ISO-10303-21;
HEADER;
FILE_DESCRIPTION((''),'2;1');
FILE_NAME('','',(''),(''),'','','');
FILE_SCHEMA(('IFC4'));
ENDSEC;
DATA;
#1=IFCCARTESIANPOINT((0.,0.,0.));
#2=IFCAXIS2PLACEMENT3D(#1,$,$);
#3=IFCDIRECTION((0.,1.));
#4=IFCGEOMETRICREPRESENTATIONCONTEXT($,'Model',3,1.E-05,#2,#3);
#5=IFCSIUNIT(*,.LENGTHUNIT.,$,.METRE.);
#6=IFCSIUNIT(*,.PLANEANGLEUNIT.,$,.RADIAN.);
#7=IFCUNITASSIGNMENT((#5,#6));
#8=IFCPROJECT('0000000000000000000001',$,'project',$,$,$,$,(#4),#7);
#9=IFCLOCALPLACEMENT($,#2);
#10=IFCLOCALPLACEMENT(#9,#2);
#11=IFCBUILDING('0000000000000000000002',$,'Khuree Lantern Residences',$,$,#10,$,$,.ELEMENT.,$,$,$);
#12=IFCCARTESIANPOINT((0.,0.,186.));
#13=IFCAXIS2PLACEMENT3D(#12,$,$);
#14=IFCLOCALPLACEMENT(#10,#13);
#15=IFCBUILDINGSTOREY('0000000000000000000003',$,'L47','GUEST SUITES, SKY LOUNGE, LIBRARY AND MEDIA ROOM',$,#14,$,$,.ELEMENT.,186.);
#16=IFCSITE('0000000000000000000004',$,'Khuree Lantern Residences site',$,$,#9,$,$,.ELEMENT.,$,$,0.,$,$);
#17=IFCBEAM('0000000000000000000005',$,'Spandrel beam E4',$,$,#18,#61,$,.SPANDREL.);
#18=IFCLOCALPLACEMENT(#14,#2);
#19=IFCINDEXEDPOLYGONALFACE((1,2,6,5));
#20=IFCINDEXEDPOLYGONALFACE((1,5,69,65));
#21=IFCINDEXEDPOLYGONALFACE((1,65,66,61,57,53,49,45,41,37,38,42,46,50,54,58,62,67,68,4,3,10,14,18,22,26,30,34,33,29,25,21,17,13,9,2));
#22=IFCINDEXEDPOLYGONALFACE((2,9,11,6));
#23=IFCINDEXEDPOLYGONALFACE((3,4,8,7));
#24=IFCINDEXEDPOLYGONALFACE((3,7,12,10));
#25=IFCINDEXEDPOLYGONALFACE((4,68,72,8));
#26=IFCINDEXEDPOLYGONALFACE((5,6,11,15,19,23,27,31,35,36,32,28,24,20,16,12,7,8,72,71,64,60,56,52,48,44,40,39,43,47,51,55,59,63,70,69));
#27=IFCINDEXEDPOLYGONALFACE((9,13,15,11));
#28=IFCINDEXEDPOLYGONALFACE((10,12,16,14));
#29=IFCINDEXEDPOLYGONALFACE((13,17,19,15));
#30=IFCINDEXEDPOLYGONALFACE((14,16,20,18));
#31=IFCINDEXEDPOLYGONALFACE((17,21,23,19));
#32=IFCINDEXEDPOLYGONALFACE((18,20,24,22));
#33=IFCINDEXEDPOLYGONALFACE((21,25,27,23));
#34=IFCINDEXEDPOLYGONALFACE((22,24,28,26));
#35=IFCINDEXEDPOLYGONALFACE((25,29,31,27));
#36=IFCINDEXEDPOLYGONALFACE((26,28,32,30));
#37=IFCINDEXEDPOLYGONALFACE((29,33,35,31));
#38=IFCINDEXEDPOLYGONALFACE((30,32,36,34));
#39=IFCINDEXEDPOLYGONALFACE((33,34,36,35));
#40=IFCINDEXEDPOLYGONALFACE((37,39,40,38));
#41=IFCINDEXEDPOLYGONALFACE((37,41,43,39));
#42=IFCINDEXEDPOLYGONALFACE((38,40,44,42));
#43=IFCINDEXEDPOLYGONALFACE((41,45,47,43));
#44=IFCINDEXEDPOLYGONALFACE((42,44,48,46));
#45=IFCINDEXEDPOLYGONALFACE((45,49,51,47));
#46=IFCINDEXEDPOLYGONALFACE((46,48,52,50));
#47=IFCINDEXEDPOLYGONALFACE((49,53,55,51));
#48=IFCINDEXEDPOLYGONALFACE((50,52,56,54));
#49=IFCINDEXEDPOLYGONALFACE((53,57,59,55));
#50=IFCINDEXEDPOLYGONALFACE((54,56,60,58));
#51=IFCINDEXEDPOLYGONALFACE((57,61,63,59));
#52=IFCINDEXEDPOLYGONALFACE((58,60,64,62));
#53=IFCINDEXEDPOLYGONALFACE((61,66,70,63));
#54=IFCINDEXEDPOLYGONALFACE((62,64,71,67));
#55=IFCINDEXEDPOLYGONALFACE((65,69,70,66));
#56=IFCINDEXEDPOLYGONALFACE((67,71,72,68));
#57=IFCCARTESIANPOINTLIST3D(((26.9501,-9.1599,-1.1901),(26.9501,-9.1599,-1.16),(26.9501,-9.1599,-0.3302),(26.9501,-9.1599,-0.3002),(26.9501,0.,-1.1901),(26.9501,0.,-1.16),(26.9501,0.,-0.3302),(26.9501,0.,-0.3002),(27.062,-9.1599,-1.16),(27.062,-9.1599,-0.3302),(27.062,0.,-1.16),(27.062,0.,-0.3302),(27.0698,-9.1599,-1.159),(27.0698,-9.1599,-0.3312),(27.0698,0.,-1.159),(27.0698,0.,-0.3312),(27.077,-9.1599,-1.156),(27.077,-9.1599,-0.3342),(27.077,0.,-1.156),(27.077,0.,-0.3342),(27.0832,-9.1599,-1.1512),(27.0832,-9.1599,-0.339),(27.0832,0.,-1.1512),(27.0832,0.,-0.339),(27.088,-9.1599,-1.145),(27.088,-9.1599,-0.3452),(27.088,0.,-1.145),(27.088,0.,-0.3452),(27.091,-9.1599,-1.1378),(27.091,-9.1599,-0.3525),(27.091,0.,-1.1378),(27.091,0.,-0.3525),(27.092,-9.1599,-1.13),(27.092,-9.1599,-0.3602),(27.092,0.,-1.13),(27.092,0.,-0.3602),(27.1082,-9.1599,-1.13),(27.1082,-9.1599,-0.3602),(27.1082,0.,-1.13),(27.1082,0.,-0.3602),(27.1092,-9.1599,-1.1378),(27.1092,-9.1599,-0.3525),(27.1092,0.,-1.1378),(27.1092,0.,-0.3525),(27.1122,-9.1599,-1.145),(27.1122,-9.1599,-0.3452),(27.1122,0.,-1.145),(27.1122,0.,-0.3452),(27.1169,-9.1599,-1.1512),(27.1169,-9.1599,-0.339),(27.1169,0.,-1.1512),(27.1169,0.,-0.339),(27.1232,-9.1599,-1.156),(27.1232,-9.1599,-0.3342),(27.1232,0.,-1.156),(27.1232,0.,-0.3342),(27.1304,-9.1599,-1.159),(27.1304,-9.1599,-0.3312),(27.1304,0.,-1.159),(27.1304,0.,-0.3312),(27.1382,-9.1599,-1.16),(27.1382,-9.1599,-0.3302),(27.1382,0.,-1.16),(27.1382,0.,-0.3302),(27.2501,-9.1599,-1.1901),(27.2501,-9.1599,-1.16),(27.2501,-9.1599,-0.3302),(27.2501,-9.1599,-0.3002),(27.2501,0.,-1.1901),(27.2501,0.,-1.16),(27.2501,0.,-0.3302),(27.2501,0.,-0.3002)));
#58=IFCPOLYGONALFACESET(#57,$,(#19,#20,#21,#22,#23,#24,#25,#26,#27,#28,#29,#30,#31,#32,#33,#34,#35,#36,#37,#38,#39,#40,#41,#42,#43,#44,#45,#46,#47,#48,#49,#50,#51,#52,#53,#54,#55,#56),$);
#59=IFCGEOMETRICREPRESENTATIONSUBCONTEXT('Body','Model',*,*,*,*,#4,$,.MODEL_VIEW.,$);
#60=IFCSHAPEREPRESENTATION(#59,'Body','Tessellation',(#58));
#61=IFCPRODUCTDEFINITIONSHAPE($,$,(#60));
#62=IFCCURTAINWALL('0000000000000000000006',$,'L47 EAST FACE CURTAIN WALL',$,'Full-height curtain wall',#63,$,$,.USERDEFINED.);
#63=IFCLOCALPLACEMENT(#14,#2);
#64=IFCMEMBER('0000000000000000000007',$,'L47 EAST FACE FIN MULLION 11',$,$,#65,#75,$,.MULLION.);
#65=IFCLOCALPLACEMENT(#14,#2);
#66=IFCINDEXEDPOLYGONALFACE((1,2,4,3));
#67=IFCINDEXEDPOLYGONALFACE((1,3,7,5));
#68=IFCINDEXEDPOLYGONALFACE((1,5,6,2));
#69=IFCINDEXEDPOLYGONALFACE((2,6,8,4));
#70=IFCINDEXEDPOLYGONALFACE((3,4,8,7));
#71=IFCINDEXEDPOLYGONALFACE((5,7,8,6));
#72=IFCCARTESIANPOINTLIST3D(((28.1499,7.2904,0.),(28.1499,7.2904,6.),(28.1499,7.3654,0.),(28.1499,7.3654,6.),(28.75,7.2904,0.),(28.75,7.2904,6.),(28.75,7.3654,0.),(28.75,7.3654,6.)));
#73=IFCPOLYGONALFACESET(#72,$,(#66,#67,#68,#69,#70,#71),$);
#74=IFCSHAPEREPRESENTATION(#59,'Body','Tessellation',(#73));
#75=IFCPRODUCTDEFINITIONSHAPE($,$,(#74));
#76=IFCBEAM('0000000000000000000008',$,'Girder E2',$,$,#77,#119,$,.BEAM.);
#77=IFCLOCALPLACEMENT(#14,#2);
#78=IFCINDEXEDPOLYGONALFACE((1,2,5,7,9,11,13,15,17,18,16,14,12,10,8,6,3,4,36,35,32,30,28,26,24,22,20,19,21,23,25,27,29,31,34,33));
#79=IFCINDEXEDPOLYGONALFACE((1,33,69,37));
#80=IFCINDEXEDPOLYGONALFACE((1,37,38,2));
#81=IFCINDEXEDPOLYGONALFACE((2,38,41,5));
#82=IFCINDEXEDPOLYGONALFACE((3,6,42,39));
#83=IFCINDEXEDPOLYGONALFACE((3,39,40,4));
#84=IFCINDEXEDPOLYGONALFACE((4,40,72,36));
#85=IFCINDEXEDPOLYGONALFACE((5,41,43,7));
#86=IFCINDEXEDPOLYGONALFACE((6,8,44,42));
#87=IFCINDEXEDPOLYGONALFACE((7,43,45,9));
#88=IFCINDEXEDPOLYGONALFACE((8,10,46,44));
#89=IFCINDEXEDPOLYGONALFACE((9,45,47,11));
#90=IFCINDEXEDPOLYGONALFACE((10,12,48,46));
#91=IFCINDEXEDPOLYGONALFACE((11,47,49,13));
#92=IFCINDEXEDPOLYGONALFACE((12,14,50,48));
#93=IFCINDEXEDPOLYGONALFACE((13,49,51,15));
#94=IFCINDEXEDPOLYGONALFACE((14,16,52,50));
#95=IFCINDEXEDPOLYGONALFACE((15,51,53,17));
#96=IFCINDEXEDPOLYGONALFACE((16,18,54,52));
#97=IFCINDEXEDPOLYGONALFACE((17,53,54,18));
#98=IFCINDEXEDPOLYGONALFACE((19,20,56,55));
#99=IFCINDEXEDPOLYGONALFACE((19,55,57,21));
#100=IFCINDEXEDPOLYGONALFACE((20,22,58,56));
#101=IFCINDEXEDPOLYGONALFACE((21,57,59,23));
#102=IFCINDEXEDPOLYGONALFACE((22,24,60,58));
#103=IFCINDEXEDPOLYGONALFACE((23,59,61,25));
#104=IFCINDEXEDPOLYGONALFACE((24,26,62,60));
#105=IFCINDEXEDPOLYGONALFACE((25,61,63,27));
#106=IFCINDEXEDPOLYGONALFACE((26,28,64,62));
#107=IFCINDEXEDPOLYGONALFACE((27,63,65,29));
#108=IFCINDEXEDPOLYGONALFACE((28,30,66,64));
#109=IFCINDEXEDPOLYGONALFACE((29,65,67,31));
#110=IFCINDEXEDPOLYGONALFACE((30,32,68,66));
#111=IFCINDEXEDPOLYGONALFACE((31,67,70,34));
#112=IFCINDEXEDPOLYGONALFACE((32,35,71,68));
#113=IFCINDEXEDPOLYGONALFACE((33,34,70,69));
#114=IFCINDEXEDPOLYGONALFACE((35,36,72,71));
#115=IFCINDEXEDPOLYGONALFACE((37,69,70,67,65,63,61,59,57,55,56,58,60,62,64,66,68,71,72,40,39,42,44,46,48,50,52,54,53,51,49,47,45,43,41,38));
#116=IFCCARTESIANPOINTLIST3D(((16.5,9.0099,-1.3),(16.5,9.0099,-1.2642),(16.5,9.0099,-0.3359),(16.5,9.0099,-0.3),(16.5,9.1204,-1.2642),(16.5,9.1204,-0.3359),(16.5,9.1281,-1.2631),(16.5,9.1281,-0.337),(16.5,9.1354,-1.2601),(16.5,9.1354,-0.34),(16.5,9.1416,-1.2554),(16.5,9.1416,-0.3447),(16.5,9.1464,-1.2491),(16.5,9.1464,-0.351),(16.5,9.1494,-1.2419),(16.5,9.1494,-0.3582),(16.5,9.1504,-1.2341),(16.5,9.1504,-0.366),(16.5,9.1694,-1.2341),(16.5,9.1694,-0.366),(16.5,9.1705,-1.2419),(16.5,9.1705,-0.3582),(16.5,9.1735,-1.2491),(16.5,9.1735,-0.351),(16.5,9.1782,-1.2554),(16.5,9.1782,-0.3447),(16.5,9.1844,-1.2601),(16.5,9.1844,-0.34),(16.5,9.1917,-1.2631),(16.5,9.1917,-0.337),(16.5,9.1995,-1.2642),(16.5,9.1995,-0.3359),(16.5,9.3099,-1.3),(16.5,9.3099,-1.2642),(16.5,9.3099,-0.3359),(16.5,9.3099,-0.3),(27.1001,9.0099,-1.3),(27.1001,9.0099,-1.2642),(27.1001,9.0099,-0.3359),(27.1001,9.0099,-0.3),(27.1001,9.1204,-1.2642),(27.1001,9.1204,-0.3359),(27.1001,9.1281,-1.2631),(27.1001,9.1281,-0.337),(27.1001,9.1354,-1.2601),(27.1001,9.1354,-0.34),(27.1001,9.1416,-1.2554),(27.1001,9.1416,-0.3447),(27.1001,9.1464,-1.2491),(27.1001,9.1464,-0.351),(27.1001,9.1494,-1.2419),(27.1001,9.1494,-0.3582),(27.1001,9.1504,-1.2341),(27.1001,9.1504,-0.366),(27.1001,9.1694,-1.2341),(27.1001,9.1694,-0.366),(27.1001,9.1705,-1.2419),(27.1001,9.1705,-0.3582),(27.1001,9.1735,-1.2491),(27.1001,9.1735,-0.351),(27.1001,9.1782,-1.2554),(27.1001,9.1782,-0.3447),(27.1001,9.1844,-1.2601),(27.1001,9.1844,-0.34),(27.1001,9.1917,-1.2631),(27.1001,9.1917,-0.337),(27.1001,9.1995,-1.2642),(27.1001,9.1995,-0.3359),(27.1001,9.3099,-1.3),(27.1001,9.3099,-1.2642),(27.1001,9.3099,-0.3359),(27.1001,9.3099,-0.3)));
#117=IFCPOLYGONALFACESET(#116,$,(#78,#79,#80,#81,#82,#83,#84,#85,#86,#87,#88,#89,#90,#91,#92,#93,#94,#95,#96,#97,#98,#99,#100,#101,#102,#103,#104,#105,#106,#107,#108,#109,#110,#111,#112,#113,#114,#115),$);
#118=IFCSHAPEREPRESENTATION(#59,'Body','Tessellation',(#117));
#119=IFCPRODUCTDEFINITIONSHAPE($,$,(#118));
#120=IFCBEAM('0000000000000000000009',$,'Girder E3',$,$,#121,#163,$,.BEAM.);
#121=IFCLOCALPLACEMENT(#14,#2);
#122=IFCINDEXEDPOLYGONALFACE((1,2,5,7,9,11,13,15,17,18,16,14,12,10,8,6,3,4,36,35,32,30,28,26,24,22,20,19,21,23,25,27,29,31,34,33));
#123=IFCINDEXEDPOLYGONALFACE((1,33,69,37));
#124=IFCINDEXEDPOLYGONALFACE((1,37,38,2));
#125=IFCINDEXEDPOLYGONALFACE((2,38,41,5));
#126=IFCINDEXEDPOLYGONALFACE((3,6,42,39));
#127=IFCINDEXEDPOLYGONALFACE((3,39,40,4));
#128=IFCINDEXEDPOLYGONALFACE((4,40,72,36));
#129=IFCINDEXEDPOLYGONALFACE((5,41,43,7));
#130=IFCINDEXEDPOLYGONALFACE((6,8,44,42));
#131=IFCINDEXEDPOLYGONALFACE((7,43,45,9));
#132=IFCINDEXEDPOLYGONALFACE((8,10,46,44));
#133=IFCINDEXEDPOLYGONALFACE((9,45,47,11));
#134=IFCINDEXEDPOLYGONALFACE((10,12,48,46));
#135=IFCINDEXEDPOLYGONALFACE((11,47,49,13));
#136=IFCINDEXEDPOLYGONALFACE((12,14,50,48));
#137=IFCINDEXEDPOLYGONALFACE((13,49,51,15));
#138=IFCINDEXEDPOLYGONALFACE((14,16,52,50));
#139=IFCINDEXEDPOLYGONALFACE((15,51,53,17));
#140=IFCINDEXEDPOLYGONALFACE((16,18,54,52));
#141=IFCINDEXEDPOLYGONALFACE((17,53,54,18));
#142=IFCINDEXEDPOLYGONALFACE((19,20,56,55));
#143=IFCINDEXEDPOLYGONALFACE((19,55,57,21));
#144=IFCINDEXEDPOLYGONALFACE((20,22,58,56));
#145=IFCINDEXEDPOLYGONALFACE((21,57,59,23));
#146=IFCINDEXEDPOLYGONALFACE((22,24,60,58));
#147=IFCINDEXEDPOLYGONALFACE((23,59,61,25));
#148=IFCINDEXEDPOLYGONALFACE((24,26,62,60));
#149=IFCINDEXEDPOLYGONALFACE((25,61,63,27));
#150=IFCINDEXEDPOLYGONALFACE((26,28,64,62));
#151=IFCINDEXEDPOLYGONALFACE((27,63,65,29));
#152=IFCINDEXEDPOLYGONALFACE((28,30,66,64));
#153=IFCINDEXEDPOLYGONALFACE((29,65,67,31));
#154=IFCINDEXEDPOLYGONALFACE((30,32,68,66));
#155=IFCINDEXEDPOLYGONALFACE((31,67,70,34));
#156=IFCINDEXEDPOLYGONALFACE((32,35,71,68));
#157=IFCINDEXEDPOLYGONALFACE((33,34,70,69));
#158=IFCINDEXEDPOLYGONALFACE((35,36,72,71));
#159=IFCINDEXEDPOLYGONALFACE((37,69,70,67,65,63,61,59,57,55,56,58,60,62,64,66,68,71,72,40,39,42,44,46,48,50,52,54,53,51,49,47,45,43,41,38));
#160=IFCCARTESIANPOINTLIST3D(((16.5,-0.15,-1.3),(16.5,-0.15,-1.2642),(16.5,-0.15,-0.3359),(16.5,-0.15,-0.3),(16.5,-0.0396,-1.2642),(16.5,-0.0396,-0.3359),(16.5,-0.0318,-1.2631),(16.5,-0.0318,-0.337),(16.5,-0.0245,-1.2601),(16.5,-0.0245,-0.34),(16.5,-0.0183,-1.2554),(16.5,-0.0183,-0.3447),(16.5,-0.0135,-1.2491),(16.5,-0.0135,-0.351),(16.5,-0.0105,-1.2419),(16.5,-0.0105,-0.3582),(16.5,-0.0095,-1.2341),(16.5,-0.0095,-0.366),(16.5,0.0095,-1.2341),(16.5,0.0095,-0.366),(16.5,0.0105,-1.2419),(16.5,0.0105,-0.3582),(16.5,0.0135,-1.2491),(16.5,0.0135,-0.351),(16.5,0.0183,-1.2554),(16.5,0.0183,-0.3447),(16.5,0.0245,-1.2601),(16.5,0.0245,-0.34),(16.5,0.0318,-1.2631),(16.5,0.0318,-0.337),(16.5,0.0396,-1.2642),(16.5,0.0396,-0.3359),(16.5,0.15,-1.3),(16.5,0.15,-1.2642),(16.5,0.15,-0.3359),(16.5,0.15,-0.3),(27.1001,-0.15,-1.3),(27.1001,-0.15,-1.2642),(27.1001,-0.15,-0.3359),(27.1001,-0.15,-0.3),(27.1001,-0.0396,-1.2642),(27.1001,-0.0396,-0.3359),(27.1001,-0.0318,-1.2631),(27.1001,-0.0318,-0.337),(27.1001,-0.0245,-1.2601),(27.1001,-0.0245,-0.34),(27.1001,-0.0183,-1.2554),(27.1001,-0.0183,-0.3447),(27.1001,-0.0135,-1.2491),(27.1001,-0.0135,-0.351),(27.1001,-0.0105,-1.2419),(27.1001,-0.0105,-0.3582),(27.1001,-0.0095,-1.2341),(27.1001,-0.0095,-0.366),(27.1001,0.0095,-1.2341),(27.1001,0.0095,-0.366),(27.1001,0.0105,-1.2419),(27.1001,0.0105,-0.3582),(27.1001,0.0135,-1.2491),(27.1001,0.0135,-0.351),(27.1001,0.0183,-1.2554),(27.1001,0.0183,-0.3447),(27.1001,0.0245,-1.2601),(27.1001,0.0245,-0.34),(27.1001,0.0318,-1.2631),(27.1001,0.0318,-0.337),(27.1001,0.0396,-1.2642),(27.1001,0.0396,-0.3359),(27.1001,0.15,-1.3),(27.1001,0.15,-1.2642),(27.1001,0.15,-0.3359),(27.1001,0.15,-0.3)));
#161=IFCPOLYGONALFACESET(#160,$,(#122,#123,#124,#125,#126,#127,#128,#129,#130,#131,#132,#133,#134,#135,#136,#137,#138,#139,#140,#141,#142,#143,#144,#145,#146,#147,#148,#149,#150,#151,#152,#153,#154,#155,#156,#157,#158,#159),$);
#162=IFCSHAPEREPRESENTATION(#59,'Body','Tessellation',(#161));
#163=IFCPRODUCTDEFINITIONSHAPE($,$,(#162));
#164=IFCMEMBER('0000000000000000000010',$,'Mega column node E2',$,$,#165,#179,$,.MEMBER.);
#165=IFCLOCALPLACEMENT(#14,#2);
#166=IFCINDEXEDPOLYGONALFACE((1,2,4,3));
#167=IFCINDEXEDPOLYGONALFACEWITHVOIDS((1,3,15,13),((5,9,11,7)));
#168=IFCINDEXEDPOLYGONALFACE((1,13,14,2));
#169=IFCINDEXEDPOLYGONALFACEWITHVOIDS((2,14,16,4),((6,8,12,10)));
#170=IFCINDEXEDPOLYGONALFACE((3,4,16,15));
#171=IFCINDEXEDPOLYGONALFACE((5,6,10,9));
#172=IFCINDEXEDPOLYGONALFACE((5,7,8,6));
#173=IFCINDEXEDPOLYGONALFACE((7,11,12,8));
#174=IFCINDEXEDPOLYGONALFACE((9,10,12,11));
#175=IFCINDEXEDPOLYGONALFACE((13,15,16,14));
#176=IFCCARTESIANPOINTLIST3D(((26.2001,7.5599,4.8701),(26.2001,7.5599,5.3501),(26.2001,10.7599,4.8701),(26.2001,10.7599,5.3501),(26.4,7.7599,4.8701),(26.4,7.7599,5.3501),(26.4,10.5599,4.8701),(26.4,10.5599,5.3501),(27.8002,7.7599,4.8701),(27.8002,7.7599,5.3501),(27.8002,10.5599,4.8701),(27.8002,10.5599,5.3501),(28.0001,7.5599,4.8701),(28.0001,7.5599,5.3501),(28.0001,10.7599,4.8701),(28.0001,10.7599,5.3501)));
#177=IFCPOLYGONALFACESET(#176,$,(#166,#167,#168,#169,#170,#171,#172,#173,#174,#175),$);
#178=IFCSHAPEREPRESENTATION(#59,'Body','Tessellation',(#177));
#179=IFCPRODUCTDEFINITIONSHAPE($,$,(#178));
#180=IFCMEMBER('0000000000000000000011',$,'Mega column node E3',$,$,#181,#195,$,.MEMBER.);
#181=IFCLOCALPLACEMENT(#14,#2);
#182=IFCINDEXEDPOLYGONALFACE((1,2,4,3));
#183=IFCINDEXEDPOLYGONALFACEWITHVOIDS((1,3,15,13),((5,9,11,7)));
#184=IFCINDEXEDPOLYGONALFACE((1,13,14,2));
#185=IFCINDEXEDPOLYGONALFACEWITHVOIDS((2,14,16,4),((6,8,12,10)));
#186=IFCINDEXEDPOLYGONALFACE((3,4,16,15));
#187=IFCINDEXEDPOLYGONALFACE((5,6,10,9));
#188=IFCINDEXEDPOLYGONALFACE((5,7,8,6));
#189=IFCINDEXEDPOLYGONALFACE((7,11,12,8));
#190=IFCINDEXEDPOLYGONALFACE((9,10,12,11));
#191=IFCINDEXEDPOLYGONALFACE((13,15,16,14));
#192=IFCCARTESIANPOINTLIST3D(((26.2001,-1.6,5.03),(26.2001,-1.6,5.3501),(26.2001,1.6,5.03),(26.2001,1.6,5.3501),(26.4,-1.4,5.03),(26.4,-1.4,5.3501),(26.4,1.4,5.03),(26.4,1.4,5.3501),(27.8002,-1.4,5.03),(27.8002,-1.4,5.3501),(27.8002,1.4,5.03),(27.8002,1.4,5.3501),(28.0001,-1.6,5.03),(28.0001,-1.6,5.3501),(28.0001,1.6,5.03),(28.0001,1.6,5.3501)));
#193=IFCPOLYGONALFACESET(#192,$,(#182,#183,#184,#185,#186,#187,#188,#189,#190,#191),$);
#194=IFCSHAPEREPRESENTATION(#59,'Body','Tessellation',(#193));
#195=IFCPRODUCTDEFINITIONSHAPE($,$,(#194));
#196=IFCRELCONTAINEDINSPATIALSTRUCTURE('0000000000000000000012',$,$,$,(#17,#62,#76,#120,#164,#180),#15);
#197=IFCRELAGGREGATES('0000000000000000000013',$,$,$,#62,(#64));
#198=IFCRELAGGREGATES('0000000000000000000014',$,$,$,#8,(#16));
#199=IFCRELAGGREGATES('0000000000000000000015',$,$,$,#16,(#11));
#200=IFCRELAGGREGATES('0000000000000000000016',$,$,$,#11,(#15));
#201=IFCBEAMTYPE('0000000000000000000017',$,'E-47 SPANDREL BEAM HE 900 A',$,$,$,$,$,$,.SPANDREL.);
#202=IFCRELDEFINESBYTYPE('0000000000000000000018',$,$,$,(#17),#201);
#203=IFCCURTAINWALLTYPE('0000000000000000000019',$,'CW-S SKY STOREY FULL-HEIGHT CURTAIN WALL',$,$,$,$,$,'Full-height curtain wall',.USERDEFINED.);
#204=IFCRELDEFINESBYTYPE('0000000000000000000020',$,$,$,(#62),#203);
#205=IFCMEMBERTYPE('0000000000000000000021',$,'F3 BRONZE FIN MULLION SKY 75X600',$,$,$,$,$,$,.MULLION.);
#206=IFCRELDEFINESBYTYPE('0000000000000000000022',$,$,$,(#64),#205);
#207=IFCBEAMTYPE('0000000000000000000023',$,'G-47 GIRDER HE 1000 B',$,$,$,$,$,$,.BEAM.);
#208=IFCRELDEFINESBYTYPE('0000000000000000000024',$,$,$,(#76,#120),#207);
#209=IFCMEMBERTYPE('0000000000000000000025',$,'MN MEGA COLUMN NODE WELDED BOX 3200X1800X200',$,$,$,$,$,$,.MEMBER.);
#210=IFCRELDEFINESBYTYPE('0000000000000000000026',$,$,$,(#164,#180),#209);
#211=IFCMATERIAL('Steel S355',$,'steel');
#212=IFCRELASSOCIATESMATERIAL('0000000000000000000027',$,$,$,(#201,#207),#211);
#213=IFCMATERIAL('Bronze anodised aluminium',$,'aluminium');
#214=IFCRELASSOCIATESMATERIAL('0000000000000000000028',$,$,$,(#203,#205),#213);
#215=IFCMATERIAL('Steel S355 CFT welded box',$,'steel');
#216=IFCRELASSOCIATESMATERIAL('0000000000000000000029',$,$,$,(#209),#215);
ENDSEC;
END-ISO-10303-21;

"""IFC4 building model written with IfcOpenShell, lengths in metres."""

from ifc_helpers import new_model, si_unit, direction, frame, origin, origin_2d, place, context, subcontext, project, spatial, rectangle, hollow_rectangle, i_section, extrude, material, material_profile, profile_set, type_object, element, aggregate, save


model = new_model("IFC4")

# Units and contexts
model_context = context("Model", 3, precision=1e-05, world=origin(), true_north=direction((0.0, 1.0)))
body_context = subcontext(model_context, "Body", "Model", "MODEL_VIEW")
ifc_project = project(units=[si_unit("LENGTHUNIT", "METRE"), si_unit("PLANEANGLEUNIT", "RADIAN")], contexts=[model_context])

# Site, building, storey
site_placement = place(None, origin())
site = spatial("IfcSite", under=ifc_project, at=site_placement, Name="Khuree Lantern Residences site", CompositionType="ELEMENT", RefElevation=0.0)
building_placement = place(site_placement, origin())
building = spatial("IfcBuilding", under=site, at=building_placement, Name="Khuree Lantern Residences", CompositionType="ELEMENT")
storey_placement = place(building_placement, frame((0.0, 0.0, 186.0)))
storey = spatial("IfcBuildingStorey", under=building, at=storey_placement, Name="L47", Description="GUEST SUITES, SKY LOUNGE, LIBRARY AND MEDIA ROOM", CompositionType="ELEMENT", Elevation=186.0)

# Shared definitions
ifc_material_1 = material(Name="Steel S355 CFT welded box", Category="steel")

# Beam
ifc_material_2 = material(Name="Steel S355", Category="steel")
ifc_material_profile_1 = material_profile(ifc_material_2, i_section(OverallWidth=0.3, OverallDepth=0.8899, WebThickness=0.0161, FlangeThickness=0.03, FilletRadius=0.03, at=origin_2d()), Name="HE 900 A")
ifc_profile_set_1 = profile_set([ifc_material_profile_1], Name="Steel S355")
beam_type_1 = type_object("IfcBeamType", Name="E-47 SPANDREL BEAM HE 900 A", PredefinedType="SPANDREL", material=ifc_profile_set_1)
for number, where, z_axis, x_axis, name in (
    (1, (27.1001, 0.0, -0.7451), (0.0, -1.0, 0.0), (1.0, 0.0, 0.0), "Spandrel beam E4"),
):
    element("IfcBeam", number, at=place(storey_placement, frame(where, z_axis=z_axis, x_axis=x_axis)), inside=storey, type_object=beam_type_1, Name=name, PredefinedType="SPANDREL", context=body_context, shape_type="SweptSolid", body=[
        extrude(i_section(OverallWidth=0.3, OverallDepth=0.8899, WebThickness=0.0161, FlangeThickness=0.03, FilletRadius=0.03, at=origin_2d()), origin(), (0.0, 0.0, 1.0), 9.1599),
    ])

# Curtain wall, member
ifc_material_3 = material(Name="Bronze anodised aluminium", Category="aluminium")
curtain_wall_type = type_object("IfcCurtainWallType", Name="CW-S SKY STOREY FULL-HEIGHT CURTAIN WALL", ElementType="Full-height curtain wall", PredefinedType="USERDEFINED", material=ifc_material_3)
curtain_wall_placement = place(storey_placement, origin())
curtain_wall = element("IfcCurtainWall", 2, at=curtain_wall_placement, inside=storey, type_object=curtain_wall_type, Name="L47 EAST FACE CURTAIN WALL", ObjectType="Full-height curtain wall", PredefinedType="USERDEFINED")
ifc_material_profile_2 = material_profile(ifc_material_3, rectangle(XDim=0.075, YDim=0.6001, at=origin_2d()), Name="F3 75X600")
ifc_profile_set_2 = profile_set([ifc_material_profile_2], Name="Bronze anodised aluminium")
member_type_1 = type_object("IfcMemberType", Name="F3 BRONZE FIN MULLION SKY 75X600", PredefinedType="MULLION", material=ifc_profile_set_2)
member_1_placement = place(storey_placement, frame((28.45, 7.3279, 0.0), z_axis=(0.0, 0.0, 1.0), x_axis=(0.0, 1.0, 0.0)))
member_1 = element("IfcMember", 3, at=member_1_placement, type_object=member_type_1, Name="L47 EAST FACE FIN MULLION 11", PredefinedType="MULLION", context=body_context, shape_type="SweptSolid", body=[
    extrude(rectangle(XDim=0.075, YDim=0.6001, at=origin_2d()), origin(), (0.0, 0.0, 1.0), 6.0),
])

# Beams
ifc_material_profile_3 = material_profile(ifc_material_2, i_section(OverallWidth=0.3, OverallDepth=1.0, WebThickness=0.019, FlangeThickness=0.0359, FilletRadius=0.03, at=origin_2d()), Name="HE 1000 B")
ifc_profile_set_3 = profile_set([ifc_material_profile_3], Name="Steel S355")
beam_type_2 = type_object("IfcBeamType", Name="G-47 GIRDER HE 1000 B", PredefinedType="BEAM", material=ifc_profile_set_3)
for number, where, z_axis, x_axis, name in (
    (4, (27.1001, 9.1599, -0.8), (-1.0, 0.0, 0.0), (0.0, -1.0, 0.0), "Girder E2"),
    (5, (27.1001, 0.0, -0.8), (-1.0, 0.0, 0.0), (0.0, -1.0, 0.0), "Girder E3"),
):
    element("IfcBeam", number, at=place(storey_placement, frame(where, z_axis=z_axis, x_axis=x_axis)), inside=storey, type_object=beam_type_2, Name=name, PredefinedType="BEAM", context=body_context, shape_type="SweptSolid", body=[
        extrude(i_section(OverallWidth=0.3, OverallDepth=1.0, WebThickness=0.019, FlangeThickness=0.0359, FilletRadius=0.03, at=origin_2d()), origin(), (0.0, 0.0, 1.0), 10.6001),
    ])

# Members
ifc_material_profile_4 = material_profile(ifc_material_1, hollow_rectangle(XDim=3.2, YDim=1.8, WallThickness=0.2, at=origin_2d()), Name="WELDED BOX 3200X1800X200")
ifc_profile_set_4 = profile_set([ifc_material_profile_4], Name="Steel S355 CFT welded box")
member_type_2 = type_object("IfcMemberType", Name="MN MEGA COLUMN NODE WELDED BOX 3200X1800X200", PredefinedType="MEMBER", material=ifc_profile_set_4)
member_2_placement = place(storey_placement, frame((27.1001, 9.1599, 4.8701), z_axis=(0.0, 0.0, 1.0), x_axis=(0.0, 1.0, 0.0)))
element("IfcMember", 6, at=member_2_placement, inside=storey, type_object=member_type_2, Name="Mega column node E2", PredefinedType="MEMBER", context=body_context, shape_type="SweptSolid", body=[
    extrude(hollow_rectangle(XDim=3.2, YDim=1.8, WallThickness=0.2, at=origin_2d()), origin(), (0.0, 0.0, 1.0), 0.48),
])
member_3_placement = place(storey_placement, frame((27.1001, 0.0, 5.03), z_axis=(0.0, 0.0, 1.0), x_axis=(0.0, 1.0, 0.0)))
element("IfcMember", 7, at=member_3_placement, inside=storey, type_object=member_type_2, Name="Mega column node E3", PredefinedType="MEMBER", context=body_context, shape_type="SweptSolid", body=[
    extrude(hollow_rectangle(XDim=3.2, YDim=1.8, WallThickness=0.2, at=origin_2d()), origin(), (0.0, 0.0, 1.0), 0.3201),
])

aggregate(curtain_wall, [member_1])

save(model, "model.ifc")
